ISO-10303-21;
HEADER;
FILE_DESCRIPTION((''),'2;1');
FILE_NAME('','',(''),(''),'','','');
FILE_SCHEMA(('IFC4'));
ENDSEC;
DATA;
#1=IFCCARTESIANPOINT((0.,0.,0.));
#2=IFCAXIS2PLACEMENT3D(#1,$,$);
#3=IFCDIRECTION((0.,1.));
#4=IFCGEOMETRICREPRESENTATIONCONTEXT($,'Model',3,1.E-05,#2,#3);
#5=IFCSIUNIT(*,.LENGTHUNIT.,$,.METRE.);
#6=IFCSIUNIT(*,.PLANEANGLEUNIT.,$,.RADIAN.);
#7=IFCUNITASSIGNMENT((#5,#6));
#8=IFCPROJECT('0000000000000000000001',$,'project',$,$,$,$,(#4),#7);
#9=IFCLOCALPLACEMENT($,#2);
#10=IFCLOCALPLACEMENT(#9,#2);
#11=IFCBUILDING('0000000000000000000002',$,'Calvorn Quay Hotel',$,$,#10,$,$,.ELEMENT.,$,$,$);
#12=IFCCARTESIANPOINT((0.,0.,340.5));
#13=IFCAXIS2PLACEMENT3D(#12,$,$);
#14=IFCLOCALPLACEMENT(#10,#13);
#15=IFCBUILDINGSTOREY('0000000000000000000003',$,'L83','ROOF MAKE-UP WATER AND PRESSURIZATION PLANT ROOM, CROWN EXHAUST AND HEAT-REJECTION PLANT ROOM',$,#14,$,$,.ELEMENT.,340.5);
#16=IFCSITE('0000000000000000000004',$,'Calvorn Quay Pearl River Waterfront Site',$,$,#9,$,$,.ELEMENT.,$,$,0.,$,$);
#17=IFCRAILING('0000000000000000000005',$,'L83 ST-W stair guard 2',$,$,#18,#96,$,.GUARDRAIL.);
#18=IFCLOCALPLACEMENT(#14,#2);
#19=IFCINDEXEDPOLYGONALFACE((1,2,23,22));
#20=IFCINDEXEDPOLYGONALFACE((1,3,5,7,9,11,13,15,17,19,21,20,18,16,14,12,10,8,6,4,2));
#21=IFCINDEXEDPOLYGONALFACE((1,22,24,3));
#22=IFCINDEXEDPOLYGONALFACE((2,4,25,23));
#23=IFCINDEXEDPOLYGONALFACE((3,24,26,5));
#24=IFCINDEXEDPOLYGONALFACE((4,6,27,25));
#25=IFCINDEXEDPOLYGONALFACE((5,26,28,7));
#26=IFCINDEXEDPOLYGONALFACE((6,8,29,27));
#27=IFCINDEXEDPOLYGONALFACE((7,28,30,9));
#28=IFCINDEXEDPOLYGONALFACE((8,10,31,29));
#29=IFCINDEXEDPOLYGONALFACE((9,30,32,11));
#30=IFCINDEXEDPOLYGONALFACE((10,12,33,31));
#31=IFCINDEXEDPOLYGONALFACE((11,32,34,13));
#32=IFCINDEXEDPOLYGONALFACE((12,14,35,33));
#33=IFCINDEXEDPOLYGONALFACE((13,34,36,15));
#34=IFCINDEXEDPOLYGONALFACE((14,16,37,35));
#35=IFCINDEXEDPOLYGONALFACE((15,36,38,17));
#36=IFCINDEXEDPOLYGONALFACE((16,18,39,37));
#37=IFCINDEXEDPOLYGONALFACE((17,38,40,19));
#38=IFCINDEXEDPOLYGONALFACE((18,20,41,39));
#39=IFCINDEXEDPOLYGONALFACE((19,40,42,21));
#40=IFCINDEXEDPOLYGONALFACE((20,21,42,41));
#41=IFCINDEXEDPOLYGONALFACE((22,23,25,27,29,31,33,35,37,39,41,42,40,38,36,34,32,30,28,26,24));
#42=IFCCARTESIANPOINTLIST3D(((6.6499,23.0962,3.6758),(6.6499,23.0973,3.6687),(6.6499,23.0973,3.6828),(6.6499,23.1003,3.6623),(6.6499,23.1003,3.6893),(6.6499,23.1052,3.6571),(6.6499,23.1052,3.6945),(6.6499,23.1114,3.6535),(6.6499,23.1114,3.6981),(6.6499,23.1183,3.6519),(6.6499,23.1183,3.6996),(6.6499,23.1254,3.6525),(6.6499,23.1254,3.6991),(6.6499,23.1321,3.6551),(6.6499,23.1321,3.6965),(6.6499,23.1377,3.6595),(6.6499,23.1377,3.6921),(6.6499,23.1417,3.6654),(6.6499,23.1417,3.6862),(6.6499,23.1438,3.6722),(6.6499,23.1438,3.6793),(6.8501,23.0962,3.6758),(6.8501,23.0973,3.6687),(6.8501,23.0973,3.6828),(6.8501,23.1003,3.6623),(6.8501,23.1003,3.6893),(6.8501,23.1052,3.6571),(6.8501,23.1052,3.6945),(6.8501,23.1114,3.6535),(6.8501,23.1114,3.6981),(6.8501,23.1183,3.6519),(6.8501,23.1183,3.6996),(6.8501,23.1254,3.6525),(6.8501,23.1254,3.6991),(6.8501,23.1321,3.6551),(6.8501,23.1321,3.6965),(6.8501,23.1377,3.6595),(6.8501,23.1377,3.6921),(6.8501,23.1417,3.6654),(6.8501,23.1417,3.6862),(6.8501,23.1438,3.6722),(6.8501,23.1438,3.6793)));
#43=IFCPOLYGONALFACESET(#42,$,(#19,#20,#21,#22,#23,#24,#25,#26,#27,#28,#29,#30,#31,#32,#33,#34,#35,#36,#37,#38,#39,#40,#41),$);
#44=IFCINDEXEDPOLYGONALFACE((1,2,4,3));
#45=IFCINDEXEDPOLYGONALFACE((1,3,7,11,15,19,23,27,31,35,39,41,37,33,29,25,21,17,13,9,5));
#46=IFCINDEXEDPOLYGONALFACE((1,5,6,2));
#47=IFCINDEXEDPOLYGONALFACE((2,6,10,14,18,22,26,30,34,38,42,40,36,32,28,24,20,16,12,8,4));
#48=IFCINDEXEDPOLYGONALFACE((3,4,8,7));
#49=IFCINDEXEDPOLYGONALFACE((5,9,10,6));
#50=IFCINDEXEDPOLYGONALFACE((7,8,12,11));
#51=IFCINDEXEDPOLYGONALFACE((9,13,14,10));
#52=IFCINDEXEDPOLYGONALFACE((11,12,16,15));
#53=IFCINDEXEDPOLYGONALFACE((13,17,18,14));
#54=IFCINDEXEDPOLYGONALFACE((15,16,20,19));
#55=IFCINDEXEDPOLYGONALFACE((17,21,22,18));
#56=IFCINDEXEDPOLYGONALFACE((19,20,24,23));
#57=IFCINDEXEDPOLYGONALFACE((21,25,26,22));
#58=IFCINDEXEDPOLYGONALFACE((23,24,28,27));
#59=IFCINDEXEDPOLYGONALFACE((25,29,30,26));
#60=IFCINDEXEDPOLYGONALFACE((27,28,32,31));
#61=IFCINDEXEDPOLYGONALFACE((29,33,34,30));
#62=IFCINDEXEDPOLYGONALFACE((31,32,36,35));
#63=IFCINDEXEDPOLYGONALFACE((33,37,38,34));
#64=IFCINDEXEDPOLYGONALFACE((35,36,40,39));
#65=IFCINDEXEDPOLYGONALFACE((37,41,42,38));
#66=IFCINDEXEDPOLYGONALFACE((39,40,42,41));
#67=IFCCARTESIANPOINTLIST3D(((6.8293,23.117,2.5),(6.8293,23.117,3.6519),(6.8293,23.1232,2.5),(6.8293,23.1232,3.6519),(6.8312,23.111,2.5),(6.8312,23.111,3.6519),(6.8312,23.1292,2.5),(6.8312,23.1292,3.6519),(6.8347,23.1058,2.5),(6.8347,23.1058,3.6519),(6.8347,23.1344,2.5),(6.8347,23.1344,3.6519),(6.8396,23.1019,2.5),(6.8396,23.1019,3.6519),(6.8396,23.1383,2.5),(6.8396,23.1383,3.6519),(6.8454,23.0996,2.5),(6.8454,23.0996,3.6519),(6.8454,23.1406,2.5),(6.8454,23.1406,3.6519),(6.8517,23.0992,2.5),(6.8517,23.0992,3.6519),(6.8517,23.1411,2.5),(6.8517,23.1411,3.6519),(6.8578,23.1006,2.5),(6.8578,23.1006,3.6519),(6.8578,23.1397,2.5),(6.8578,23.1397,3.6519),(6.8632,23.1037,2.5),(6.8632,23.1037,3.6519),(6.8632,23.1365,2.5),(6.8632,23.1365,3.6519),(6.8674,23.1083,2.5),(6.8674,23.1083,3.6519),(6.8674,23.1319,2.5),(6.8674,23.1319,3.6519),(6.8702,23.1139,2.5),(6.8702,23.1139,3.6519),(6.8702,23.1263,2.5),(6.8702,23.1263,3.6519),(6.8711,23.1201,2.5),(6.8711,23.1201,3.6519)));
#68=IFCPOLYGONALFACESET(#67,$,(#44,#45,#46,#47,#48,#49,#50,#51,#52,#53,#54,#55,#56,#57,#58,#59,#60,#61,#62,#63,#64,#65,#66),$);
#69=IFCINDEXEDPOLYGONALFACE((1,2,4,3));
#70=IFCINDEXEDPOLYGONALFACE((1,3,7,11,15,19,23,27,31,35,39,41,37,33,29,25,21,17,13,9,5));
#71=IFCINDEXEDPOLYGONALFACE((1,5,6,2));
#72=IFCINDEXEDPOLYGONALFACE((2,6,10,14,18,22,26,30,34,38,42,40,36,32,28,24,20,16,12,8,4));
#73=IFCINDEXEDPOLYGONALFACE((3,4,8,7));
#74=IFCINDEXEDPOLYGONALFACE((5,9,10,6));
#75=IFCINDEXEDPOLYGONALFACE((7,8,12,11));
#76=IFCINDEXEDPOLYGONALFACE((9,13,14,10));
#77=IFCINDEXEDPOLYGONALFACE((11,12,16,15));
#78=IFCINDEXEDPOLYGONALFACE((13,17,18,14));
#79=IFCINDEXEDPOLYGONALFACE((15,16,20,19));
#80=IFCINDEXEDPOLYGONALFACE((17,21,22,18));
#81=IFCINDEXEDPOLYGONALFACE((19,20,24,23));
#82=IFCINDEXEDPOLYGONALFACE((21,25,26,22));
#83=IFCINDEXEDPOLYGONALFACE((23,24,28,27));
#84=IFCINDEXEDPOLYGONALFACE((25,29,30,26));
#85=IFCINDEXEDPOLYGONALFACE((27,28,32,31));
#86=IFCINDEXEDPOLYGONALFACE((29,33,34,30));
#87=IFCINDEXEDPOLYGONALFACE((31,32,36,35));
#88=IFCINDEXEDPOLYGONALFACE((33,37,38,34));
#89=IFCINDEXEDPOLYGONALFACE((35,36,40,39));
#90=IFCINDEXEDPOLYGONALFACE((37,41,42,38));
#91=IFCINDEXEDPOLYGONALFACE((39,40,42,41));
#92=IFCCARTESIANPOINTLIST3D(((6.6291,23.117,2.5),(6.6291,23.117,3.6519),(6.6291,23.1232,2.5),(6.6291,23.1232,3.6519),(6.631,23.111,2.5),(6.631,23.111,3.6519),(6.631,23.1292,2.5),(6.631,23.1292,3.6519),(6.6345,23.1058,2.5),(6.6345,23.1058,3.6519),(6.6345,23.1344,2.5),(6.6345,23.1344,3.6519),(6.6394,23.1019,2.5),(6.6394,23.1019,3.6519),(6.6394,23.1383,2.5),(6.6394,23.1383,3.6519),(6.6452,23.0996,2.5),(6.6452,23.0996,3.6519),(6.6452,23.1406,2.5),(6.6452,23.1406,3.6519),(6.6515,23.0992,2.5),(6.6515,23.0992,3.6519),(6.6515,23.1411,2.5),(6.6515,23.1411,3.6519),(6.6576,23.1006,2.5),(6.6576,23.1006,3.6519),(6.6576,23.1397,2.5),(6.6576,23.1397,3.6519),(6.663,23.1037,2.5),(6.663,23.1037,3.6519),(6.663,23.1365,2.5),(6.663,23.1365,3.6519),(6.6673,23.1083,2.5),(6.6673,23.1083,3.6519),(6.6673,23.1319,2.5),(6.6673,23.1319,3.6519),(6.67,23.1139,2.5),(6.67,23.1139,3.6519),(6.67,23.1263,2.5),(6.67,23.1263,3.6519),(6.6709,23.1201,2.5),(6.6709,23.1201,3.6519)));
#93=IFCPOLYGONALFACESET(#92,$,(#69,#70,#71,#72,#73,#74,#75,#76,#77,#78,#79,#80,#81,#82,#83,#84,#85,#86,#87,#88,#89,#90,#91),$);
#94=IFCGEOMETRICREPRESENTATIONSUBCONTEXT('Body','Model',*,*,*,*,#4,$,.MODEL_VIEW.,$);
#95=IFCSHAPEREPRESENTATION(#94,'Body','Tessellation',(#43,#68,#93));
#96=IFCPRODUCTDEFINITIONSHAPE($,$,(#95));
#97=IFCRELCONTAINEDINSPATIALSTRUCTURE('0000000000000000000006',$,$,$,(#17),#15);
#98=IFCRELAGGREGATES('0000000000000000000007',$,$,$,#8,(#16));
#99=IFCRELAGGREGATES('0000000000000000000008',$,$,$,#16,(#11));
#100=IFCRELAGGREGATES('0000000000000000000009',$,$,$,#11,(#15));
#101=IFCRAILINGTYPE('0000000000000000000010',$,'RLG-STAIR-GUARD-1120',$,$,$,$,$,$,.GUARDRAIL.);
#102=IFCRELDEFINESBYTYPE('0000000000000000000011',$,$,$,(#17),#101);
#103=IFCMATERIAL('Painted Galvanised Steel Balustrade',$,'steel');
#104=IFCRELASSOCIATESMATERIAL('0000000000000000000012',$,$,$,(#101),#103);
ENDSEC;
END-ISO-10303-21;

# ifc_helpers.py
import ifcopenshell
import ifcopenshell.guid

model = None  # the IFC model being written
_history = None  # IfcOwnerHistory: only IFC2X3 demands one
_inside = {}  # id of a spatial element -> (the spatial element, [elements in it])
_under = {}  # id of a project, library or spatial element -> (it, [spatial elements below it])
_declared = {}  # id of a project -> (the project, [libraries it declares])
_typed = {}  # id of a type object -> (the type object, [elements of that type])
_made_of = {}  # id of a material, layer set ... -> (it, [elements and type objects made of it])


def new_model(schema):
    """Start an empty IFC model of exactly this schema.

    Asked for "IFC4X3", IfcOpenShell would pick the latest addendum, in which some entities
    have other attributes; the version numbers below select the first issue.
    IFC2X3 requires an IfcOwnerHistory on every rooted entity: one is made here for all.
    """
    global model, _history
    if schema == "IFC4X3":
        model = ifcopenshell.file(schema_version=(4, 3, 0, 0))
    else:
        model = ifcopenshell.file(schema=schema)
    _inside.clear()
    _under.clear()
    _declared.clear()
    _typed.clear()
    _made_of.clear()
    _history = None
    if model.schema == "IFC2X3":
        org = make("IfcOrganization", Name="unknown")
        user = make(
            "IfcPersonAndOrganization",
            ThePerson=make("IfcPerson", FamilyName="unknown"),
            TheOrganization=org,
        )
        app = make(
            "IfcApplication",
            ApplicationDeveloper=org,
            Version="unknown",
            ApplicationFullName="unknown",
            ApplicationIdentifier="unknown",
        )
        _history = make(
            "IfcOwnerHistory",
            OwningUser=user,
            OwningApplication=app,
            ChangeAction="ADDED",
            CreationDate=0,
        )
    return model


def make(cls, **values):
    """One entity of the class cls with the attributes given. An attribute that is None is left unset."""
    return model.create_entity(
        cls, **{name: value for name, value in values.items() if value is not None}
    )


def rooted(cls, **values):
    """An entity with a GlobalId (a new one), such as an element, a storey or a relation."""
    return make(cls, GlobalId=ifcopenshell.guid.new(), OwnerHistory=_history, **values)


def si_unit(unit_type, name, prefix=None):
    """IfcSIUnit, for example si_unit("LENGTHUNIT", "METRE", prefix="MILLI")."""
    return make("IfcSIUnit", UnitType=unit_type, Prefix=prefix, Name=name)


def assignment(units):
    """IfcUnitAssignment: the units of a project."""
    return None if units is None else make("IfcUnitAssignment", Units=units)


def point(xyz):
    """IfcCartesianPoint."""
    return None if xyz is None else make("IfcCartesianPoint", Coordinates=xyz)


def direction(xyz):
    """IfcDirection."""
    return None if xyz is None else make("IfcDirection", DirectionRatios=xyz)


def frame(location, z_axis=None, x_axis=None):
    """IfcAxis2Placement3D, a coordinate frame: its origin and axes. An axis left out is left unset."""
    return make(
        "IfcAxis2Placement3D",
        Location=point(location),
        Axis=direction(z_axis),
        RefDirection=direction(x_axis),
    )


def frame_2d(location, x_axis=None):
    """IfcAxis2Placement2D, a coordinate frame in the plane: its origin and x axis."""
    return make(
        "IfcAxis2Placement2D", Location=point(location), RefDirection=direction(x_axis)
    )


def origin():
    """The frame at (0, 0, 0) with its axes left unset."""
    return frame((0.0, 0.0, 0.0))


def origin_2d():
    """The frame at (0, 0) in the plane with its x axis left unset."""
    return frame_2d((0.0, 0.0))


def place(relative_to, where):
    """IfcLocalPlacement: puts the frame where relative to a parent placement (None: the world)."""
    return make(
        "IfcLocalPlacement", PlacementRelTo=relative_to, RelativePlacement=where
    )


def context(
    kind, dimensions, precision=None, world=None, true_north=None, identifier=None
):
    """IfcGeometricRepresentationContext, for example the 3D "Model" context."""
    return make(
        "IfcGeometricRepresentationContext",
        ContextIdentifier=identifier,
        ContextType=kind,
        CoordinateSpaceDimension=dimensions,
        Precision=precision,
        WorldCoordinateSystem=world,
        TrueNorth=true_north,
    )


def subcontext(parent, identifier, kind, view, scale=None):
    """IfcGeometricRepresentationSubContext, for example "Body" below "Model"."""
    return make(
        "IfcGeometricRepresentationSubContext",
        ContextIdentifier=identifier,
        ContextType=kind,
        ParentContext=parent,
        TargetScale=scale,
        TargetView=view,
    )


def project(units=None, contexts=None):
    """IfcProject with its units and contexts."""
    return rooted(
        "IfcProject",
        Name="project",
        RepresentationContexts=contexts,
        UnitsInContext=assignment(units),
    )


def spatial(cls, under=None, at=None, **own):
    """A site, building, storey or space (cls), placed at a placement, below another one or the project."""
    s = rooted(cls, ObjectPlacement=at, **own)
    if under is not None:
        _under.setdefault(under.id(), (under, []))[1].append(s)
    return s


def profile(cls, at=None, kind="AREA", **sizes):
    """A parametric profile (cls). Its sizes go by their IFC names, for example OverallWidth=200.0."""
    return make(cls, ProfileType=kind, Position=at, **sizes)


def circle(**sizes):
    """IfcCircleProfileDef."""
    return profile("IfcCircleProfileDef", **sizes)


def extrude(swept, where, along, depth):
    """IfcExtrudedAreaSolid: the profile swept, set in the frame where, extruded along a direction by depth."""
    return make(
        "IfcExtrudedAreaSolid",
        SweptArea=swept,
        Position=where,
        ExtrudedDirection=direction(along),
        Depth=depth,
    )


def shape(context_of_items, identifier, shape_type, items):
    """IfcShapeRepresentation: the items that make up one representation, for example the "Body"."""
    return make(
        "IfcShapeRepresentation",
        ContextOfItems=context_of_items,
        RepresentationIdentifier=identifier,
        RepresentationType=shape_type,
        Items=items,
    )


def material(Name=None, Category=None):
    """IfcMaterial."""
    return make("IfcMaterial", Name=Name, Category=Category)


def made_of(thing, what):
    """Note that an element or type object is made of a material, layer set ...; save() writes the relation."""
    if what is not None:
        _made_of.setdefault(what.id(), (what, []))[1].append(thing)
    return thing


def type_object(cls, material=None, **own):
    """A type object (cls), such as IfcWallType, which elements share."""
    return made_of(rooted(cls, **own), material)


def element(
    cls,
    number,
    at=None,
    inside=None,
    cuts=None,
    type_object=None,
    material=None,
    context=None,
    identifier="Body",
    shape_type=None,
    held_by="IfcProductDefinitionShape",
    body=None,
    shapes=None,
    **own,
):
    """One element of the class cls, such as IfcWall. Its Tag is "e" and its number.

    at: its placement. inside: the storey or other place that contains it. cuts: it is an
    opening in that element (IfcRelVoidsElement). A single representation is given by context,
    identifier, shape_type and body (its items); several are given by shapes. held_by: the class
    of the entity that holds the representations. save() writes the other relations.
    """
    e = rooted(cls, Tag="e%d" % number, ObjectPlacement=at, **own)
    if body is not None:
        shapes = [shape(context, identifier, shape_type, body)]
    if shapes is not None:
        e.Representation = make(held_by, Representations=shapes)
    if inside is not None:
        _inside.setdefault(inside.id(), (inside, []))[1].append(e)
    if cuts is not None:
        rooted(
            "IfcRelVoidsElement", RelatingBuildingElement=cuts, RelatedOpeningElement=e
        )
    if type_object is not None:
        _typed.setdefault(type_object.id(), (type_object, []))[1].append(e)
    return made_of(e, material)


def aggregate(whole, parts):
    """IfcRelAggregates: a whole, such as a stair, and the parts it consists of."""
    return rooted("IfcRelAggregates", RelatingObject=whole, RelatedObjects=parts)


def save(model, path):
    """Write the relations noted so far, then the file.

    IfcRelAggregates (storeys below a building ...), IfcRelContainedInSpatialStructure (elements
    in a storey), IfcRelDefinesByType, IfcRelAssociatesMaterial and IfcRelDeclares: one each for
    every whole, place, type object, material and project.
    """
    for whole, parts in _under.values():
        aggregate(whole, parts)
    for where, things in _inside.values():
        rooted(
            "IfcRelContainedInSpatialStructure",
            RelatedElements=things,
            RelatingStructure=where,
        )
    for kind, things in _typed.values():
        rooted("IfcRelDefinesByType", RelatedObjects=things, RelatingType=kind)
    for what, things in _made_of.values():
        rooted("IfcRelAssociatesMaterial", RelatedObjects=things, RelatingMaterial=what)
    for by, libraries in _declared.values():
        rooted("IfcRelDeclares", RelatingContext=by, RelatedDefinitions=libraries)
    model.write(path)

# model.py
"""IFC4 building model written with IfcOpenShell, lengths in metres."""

from ifc_helpers import new_model, si_unit, direction, frame, origin, origin_2d, place, context, subcontext, project, spatial, circle, extrude, material, type_object, element, save


model = new_model("IFC4")

# Units and contexts
model_context = context("Model", 3, precision=1e-05, world=origin(), true_north=direction((0.0, 1.0)))
body_context = subcontext(model_context, "Body", "Model", "MODEL_VIEW")
ifc_project = project(units=[si_unit("LENGTHUNIT", "METRE"), si_unit("PLANEANGLEUNIT", "RADIAN")], contexts=[model_context])

# Site, building, storey
site_placement = place(None, origin())
site = spatial("IfcSite", under=ifc_project, at=site_placement, Name="Calvorn Quay Pearl River Waterfront Site", CompositionType="ELEMENT", RefElevation=0.0)
building_placement = place(site_placement, origin())
building = spatial("IfcBuilding", under=site, at=building_placement, Name="Calvorn Quay Hotel", CompositionType="ELEMENT")
storey_placement = place(building_placement, frame((0.0, 0.0, 340.5)))
storey = spatial("IfcBuildingStorey", under=building, at=storey_placement, Name="L83", Description="ROOF MAKE-UP WATER AND PRESSURIZATION PLANT ROOM, CROWN EXHAUST AND HEAT-REJECTION PLANT ROOM", CompositionType="ELEMENT", Elevation=340.5)

# Railing
ifc_material_1 = material(Name="Painted Galvanised Steel Balustrade", Category="steel")
railing_type_1 = type_object("IfcRailingType", Name="RLG-STAIR-GUARD-1120", PredefinedType="GUARDRAIL", material=ifc_material_1)
railing_1_placement = place(storey_placement, frame((6.8501, 23.1201, 2.5)))
element("IfcRailing", 1, at=railing_1_placement, inside=storey, type_object=railing_type_1, Name="L83 ST-W stair guard 2", PredefinedType="GUARDRAIL", context=body_context, shape_type="SweptSolid", body=[
    extrude(circle(Radius=0.0239, at=origin_2d()), frame((0.0, 0.0, 1.1758), z_axis=(-1.0, 0.0, 0.0), x_axis=(0.0, -1.0, 0.0)), (0.0, 0.0, 1.0), 0.2002),
    extrude(circle(Radius=0.021, at=origin_2d()), origin(), (0.0, 0.0, 1.0), 1.1519),
    extrude(circle(Radius=0.021, at=origin_2d()), frame((-0.2002, 0.0, 0.0)), (0.0, 0.0, 1.0), 1.1519),
])

save(model, "model.ifc")
